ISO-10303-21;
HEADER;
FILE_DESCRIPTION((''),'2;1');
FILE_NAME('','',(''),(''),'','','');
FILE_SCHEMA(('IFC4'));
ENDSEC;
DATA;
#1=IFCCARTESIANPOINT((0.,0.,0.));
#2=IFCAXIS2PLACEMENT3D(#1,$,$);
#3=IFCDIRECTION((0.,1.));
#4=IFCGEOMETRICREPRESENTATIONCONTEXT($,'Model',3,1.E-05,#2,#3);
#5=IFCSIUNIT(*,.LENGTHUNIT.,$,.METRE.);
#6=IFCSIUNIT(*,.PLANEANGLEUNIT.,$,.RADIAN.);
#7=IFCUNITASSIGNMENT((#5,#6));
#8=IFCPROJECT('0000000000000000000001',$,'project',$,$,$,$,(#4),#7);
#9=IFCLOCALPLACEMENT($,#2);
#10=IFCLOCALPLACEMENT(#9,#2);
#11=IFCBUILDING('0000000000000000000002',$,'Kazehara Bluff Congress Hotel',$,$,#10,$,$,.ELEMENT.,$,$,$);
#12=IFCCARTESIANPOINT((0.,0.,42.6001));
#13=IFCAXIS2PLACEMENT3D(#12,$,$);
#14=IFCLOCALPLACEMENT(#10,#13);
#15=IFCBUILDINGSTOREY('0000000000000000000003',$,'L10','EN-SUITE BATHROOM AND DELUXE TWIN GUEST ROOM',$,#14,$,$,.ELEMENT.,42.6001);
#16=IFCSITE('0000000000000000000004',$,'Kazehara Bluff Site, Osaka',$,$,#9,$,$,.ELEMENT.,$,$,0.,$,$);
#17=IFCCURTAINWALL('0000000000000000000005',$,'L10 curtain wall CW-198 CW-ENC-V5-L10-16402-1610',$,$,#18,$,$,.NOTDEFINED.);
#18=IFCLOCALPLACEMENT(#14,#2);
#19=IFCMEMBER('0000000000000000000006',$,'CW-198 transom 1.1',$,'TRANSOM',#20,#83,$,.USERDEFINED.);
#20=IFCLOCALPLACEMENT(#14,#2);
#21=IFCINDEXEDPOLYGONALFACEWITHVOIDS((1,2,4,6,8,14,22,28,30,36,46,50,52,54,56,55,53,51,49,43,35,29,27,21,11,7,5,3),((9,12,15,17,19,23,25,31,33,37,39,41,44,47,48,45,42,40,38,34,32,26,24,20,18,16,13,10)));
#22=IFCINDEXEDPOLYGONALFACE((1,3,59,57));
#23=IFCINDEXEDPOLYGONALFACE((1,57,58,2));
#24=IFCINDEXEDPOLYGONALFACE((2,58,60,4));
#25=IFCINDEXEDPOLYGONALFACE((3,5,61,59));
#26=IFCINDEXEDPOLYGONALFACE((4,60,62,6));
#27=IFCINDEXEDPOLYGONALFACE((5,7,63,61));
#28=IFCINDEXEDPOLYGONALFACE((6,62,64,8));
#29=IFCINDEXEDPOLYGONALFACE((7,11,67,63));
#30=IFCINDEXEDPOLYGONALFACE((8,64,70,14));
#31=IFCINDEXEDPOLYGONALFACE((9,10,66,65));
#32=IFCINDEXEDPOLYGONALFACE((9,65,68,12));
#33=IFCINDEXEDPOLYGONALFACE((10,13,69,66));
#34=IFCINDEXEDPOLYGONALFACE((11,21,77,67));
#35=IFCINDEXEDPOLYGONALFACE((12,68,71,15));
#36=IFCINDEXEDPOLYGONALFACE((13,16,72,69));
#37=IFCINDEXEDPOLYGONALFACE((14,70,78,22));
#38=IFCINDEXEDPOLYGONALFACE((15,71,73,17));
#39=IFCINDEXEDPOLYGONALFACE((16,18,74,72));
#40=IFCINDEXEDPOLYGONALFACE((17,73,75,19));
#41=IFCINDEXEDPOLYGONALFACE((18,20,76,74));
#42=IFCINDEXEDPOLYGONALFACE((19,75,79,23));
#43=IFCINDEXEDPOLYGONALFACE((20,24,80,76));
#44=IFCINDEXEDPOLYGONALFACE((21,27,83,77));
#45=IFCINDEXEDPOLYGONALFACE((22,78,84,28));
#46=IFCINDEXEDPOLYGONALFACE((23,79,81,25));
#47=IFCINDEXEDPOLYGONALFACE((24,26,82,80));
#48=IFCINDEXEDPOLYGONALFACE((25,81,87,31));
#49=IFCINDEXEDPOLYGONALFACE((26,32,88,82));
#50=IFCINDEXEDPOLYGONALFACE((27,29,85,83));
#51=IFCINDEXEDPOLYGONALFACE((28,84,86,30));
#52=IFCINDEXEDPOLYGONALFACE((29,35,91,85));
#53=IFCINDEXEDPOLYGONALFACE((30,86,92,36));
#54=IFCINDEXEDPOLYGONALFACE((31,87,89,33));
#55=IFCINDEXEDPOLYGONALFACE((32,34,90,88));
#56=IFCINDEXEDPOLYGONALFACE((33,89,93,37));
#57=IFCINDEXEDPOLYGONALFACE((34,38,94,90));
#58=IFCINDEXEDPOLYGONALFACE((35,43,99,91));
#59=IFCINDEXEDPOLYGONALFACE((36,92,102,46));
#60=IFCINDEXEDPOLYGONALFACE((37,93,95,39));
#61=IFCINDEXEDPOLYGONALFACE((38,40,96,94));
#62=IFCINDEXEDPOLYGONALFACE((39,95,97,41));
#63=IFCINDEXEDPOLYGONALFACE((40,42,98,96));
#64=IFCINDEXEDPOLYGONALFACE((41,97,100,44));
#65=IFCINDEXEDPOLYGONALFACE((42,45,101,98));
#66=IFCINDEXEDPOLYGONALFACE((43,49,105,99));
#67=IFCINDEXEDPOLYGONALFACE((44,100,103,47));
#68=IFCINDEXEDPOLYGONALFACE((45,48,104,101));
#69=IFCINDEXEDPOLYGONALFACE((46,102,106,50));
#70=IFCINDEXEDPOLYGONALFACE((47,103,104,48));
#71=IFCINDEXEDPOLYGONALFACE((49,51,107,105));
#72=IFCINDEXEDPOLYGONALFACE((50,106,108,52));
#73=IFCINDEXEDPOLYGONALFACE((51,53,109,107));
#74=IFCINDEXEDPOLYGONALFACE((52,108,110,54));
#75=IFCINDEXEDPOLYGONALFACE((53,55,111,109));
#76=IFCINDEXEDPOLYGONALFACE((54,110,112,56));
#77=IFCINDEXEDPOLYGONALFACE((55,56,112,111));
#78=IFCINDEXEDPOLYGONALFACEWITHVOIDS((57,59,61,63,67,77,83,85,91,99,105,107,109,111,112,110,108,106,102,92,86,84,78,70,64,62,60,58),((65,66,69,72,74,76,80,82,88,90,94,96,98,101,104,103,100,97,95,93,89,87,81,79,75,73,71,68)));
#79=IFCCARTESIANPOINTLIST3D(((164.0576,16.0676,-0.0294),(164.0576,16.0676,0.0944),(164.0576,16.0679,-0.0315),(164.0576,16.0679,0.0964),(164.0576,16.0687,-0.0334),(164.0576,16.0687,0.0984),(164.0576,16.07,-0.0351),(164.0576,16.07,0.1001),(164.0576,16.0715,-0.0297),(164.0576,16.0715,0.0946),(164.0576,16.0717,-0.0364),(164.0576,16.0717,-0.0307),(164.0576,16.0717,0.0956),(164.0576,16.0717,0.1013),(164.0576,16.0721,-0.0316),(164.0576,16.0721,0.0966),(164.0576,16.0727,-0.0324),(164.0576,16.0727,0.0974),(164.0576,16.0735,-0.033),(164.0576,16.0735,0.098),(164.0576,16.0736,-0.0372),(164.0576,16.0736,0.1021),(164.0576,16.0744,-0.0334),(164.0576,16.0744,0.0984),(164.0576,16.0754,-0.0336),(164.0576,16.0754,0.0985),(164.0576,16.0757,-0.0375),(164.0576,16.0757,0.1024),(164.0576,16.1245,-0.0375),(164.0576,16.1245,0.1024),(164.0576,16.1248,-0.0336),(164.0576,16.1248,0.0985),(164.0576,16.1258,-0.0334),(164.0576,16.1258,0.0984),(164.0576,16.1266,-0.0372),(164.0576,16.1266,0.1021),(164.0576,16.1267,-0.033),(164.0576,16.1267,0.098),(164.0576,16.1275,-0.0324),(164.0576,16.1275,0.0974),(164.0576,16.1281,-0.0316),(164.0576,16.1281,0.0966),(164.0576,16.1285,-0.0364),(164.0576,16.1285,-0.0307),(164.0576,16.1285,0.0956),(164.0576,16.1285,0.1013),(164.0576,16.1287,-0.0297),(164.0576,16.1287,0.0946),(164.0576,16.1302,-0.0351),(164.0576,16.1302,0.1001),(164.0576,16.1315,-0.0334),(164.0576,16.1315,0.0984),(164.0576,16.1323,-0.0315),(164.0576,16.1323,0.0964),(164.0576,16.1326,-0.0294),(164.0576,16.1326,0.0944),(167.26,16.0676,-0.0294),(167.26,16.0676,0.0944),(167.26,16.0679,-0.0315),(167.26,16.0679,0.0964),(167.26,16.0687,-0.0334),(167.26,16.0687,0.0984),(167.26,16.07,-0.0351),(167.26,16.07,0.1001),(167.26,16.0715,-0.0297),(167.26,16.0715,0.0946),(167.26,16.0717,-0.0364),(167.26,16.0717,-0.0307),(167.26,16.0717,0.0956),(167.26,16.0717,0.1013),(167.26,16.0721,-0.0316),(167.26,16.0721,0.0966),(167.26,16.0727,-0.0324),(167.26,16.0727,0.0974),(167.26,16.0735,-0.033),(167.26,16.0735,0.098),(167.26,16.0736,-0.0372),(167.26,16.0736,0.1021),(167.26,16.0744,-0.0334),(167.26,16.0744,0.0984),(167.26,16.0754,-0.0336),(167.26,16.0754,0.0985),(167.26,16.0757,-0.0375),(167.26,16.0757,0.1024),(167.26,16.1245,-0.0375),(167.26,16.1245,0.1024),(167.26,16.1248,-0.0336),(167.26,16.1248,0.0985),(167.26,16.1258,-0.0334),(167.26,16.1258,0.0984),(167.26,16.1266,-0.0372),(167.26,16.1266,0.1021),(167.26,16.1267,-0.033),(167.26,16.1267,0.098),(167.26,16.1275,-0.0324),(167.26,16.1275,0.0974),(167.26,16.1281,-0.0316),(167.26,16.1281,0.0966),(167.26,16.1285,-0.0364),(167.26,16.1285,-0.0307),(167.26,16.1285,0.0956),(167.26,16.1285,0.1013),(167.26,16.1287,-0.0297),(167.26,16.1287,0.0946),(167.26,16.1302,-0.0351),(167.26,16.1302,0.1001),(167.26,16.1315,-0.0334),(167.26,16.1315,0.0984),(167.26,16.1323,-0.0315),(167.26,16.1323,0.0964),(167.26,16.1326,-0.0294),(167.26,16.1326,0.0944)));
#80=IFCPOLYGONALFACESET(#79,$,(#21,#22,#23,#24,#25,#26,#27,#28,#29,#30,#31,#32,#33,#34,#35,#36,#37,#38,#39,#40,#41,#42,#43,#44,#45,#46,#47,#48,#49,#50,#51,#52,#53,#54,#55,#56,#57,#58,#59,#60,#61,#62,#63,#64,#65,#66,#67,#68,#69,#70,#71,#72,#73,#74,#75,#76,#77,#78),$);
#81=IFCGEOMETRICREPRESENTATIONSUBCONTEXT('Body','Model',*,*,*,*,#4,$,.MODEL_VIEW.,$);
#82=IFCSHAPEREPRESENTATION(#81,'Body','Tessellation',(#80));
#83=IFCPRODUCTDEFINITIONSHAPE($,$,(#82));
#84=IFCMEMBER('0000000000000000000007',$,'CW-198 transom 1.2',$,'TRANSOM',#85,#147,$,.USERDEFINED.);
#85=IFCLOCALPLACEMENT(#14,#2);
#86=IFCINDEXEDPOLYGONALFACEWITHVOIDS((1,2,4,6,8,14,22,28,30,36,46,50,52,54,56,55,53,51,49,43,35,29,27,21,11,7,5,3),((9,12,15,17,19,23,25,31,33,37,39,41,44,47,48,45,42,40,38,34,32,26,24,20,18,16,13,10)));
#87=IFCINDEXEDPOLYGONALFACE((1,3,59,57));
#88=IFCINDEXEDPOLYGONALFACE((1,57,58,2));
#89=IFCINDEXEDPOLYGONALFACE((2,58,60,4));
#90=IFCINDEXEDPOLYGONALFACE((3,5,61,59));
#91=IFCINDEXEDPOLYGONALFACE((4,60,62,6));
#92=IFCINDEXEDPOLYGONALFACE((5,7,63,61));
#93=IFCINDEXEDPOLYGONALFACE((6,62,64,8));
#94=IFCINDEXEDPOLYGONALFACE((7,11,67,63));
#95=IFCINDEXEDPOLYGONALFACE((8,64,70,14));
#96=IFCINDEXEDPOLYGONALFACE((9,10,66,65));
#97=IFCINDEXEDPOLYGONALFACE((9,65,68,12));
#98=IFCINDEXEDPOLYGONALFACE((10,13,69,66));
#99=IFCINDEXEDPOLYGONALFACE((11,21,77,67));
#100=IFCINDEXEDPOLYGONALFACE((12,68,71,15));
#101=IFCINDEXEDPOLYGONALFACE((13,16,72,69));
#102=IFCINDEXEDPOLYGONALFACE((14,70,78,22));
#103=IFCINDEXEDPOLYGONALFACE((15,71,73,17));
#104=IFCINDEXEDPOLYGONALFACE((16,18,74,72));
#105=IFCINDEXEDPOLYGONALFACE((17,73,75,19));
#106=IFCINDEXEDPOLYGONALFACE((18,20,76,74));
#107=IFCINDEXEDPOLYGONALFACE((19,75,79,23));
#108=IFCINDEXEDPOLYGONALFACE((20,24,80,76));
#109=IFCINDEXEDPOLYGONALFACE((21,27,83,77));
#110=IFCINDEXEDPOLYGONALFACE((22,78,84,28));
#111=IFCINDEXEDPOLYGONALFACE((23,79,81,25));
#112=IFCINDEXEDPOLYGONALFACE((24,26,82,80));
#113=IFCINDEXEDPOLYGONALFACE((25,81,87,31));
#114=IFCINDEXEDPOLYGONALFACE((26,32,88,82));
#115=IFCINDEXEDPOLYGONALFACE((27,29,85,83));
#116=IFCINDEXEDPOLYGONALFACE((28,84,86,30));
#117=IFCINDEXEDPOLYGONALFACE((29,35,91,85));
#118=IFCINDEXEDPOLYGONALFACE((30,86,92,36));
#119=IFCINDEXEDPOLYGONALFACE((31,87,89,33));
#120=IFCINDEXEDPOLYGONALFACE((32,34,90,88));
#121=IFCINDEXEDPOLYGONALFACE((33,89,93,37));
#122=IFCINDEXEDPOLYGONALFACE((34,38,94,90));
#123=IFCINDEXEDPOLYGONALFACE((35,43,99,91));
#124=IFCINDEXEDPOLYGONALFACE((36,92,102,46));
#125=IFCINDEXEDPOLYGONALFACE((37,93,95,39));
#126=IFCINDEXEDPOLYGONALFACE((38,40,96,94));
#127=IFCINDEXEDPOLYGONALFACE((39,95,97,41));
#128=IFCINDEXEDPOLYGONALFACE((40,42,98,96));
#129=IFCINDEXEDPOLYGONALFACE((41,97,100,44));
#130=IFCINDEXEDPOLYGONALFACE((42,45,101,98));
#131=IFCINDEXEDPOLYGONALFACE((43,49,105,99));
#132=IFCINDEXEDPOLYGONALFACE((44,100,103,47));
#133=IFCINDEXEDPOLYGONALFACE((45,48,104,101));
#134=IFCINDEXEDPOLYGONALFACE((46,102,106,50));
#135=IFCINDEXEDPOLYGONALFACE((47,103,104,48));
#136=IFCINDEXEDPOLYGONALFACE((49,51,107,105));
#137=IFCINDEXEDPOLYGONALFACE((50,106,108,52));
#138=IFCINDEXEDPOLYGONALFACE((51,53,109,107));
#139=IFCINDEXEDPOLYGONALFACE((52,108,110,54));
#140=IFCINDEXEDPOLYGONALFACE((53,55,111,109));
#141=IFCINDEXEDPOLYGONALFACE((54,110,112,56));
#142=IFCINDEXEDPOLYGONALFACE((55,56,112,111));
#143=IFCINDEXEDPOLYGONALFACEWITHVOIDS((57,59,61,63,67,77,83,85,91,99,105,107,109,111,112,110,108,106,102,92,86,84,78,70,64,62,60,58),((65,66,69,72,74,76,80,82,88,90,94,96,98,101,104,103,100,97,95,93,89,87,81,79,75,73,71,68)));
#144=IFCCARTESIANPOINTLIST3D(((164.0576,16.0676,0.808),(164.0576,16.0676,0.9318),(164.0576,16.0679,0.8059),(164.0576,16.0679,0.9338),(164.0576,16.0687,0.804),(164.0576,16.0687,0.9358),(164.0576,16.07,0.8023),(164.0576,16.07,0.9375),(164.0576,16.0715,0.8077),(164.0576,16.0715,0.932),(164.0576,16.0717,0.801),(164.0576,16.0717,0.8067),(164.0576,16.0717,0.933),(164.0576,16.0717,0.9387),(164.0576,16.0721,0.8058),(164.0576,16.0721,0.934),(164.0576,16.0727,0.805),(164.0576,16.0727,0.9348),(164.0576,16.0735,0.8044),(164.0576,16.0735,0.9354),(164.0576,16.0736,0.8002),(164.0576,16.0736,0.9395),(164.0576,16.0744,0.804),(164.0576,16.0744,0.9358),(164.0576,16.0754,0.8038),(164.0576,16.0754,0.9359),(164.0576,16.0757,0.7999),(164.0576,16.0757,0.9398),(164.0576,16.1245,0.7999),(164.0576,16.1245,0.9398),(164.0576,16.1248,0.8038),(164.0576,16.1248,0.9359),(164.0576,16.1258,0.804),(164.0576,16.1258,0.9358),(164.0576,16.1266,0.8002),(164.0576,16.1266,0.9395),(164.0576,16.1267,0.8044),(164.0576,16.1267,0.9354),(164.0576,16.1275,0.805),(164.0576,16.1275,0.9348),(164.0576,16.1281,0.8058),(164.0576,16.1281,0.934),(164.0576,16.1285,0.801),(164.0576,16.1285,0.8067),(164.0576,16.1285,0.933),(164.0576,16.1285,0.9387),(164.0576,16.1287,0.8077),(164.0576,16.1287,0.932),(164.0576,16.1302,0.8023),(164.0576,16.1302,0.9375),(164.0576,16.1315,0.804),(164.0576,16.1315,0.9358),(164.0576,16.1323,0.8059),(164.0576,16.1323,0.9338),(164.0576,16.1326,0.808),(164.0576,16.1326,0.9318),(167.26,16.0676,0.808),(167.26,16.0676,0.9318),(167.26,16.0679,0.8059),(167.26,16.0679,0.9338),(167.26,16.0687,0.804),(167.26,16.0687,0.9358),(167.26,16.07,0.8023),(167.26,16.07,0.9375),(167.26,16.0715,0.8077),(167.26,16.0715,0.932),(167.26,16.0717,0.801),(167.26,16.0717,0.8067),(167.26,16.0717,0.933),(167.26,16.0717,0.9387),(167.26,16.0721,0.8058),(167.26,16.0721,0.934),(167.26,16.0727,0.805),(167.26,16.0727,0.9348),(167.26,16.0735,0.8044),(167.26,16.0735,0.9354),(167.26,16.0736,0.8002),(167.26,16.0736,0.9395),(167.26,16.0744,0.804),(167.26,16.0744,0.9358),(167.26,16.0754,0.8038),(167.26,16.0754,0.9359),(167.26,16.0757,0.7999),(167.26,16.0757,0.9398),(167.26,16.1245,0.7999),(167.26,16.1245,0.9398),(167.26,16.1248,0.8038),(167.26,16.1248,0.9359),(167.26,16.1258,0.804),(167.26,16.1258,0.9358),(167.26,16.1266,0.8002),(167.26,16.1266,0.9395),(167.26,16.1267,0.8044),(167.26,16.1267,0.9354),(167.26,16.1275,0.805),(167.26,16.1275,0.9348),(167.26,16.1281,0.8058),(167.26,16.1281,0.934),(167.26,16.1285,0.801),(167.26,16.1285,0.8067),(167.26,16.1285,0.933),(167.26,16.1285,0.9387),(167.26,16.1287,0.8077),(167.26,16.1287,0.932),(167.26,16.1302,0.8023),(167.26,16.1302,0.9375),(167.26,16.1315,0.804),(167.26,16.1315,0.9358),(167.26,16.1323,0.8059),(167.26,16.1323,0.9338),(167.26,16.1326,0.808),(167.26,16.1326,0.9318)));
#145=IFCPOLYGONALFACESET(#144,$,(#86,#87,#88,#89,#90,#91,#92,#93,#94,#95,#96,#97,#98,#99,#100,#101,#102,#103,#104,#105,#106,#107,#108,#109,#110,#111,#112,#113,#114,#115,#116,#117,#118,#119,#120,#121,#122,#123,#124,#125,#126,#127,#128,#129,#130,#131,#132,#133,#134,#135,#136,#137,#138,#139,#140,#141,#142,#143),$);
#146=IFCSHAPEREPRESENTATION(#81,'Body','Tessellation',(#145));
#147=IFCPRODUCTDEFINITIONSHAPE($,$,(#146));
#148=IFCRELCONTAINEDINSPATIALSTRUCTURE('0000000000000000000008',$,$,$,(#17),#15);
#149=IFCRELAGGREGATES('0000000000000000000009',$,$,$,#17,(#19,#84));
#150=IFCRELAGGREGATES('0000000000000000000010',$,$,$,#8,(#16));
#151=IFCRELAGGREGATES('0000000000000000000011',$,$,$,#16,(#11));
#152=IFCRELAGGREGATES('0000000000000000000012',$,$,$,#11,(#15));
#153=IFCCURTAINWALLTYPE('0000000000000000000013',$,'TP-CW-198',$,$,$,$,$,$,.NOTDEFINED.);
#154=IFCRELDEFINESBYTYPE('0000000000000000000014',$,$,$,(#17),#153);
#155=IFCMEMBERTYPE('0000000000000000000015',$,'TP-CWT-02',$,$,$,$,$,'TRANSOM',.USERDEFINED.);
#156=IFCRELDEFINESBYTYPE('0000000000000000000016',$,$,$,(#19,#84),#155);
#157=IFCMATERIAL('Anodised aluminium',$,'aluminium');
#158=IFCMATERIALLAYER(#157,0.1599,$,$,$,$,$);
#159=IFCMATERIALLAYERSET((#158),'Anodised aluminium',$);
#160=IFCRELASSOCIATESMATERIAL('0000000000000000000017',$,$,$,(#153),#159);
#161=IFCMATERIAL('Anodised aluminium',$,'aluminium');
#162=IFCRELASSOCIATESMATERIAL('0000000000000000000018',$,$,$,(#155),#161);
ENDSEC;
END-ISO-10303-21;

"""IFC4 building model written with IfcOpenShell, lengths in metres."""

from ifc_helpers import new_model, si_unit, direction, frame, origin, origin_2d, place, context, subcontext, project, spatial, hollow_rectangle, extrude, material, layer, layer_set, material_profile, profile_set, type_object, element, aggregate, save


model = new_model("IFC4")

# Units and contexts
model_context = context("Model", 3, precision=1e-05, world=origin(), true_north=direction((0.0, 1.0)))
body_context = subcontext(model_context, "Body", "Model", "MODEL_VIEW")
ifc_project = project(units=[si_unit("LENGTHUNIT", "METRE"), si_unit("PLANEANGLEUNIT", "RADIAN")], contexts=[model_context])

# Site, building, storey
site_placement = place(None, origin())
site = spatial("IfcSite", under=ifc_project, at=site_placement, Name="Kazehara Bluff Site, Osaka", CompositionType="ELEMENT", RefElevation=0.0)
building_placement = place(site_placement, origin())
building = spatial("IfcBuilding", under=site, at=building_placement, Name="Kazehara Bluff Congress Hotel", CompositionType="ELEMENT")
storey_placement = place(building_placement, frame((0.0, 0.0, 42.6001)))
storey = spatial("IfcBuildingStorey", under=building, at=storey_placement, Name="L10", Description="EN-SUITE BATHROOM AND DELUXE TWIN GUEST ROOM", CompositionType="ELEMENT", Elevation=42.6001)

# Curtain wall
ifc_material_1 = material(Name="Anodised aluminium", Category="aluminium")
ifc_layer_1 = layer(ifc_material_1, 0.1599)
ifc_layer_set_1 = layer_set([ifc_layer_1], Name="Anodised aluminium")
curtain_wall_type_1 = type_object("IfcCurtainWallType", Name="TP-CW-198", PredefinedType="NOTDEFINED", material=ifc_layer_set_1)
curtain_wall_1_placement = place(storey_placement, origin())
curtain_wall_1 = element("IfcCurtainWall", 1, at=curtain_wall_1_placement, inside=storey, type_object=curtain_wall_type_1, Name="L10 curtain wall CW-198 CW-ENC-V5-L10-16402-1610", PredefinedType="NOTDEFINED")

# Members
ifc_material_2 = material(Name="Anodised aluminium", Category="aluminium")
ifc_material_profile_1 = material_profile(ifc_material_2, hollow_rectangle(XDim=0.0649, YDim=0.1399, WallThickness=0.0039, InnerFilletRadius=0.0039, OuterFilletRadius=0.0081, at=origin_2d()))
ifc_profile_set_1 = profile_set([ifc_material_profile_1], Name="Anodised aluminium")
member_type_1 = type_object("IfcMemberType", Name="TP-CWT-02", ElementType="TRANSOM", PredefinedType="USERDEFINED", material=ifc_profile_set_1)
member_1_placement = place(storey_placement, frame((167.26, 16.1001, 0.0325), z_axis=(-1.0, 0.0, 0.0), x_axis=(0.0, -1.0, 0.0)))
member_1 = element("IfcMember", 2, at=member_1_placement, type_object=member_type_1, Name="CW-198 transom 1.1", ObjectType="TRANSOM", PredefinedType="USERDEFINED", context=body_context, shape_type="SweptSolid", body=[
    extrude(hollow_rectangle(XDim=0.0649, YDim=0.1399, WallThickness=0.0039, InnerFilletRadius=0.0039, OuterFilletRadius=0.0081, at=origin_2d()), origin(), (0.0, 0.0, 1.0), 3.2024),
])
member_2_placement = place(storey_placement, frame((167.26, 16.1001, 0.8699), z_axis=(-1.0, 0.0, 0.0), x_axis=(0.0, -1.0, 0.0)))
member_2 = element("IfcMember", 3, at=member_2_placement, type_object=member_type_1, Name="CW-198 transom 1.2", ObjectType="TRANSOM", PredefinedType="USERDEFINED", context=body_context, shape_type="SweptSolid", body=[
    extrude(hollow_rectangle(XDim=0.0649, YDim=0.1399, WallThickness=0.0039, InnerFilletRadius=0.0039, OuterFilletRadius=0.0081, at=origin_2d()), origin(), (0.0, 0.0, 1.0), 3.2024),
])

aggregate(curtain_wall_1, [member_1, member_2])

save(model, "model.ifc")
